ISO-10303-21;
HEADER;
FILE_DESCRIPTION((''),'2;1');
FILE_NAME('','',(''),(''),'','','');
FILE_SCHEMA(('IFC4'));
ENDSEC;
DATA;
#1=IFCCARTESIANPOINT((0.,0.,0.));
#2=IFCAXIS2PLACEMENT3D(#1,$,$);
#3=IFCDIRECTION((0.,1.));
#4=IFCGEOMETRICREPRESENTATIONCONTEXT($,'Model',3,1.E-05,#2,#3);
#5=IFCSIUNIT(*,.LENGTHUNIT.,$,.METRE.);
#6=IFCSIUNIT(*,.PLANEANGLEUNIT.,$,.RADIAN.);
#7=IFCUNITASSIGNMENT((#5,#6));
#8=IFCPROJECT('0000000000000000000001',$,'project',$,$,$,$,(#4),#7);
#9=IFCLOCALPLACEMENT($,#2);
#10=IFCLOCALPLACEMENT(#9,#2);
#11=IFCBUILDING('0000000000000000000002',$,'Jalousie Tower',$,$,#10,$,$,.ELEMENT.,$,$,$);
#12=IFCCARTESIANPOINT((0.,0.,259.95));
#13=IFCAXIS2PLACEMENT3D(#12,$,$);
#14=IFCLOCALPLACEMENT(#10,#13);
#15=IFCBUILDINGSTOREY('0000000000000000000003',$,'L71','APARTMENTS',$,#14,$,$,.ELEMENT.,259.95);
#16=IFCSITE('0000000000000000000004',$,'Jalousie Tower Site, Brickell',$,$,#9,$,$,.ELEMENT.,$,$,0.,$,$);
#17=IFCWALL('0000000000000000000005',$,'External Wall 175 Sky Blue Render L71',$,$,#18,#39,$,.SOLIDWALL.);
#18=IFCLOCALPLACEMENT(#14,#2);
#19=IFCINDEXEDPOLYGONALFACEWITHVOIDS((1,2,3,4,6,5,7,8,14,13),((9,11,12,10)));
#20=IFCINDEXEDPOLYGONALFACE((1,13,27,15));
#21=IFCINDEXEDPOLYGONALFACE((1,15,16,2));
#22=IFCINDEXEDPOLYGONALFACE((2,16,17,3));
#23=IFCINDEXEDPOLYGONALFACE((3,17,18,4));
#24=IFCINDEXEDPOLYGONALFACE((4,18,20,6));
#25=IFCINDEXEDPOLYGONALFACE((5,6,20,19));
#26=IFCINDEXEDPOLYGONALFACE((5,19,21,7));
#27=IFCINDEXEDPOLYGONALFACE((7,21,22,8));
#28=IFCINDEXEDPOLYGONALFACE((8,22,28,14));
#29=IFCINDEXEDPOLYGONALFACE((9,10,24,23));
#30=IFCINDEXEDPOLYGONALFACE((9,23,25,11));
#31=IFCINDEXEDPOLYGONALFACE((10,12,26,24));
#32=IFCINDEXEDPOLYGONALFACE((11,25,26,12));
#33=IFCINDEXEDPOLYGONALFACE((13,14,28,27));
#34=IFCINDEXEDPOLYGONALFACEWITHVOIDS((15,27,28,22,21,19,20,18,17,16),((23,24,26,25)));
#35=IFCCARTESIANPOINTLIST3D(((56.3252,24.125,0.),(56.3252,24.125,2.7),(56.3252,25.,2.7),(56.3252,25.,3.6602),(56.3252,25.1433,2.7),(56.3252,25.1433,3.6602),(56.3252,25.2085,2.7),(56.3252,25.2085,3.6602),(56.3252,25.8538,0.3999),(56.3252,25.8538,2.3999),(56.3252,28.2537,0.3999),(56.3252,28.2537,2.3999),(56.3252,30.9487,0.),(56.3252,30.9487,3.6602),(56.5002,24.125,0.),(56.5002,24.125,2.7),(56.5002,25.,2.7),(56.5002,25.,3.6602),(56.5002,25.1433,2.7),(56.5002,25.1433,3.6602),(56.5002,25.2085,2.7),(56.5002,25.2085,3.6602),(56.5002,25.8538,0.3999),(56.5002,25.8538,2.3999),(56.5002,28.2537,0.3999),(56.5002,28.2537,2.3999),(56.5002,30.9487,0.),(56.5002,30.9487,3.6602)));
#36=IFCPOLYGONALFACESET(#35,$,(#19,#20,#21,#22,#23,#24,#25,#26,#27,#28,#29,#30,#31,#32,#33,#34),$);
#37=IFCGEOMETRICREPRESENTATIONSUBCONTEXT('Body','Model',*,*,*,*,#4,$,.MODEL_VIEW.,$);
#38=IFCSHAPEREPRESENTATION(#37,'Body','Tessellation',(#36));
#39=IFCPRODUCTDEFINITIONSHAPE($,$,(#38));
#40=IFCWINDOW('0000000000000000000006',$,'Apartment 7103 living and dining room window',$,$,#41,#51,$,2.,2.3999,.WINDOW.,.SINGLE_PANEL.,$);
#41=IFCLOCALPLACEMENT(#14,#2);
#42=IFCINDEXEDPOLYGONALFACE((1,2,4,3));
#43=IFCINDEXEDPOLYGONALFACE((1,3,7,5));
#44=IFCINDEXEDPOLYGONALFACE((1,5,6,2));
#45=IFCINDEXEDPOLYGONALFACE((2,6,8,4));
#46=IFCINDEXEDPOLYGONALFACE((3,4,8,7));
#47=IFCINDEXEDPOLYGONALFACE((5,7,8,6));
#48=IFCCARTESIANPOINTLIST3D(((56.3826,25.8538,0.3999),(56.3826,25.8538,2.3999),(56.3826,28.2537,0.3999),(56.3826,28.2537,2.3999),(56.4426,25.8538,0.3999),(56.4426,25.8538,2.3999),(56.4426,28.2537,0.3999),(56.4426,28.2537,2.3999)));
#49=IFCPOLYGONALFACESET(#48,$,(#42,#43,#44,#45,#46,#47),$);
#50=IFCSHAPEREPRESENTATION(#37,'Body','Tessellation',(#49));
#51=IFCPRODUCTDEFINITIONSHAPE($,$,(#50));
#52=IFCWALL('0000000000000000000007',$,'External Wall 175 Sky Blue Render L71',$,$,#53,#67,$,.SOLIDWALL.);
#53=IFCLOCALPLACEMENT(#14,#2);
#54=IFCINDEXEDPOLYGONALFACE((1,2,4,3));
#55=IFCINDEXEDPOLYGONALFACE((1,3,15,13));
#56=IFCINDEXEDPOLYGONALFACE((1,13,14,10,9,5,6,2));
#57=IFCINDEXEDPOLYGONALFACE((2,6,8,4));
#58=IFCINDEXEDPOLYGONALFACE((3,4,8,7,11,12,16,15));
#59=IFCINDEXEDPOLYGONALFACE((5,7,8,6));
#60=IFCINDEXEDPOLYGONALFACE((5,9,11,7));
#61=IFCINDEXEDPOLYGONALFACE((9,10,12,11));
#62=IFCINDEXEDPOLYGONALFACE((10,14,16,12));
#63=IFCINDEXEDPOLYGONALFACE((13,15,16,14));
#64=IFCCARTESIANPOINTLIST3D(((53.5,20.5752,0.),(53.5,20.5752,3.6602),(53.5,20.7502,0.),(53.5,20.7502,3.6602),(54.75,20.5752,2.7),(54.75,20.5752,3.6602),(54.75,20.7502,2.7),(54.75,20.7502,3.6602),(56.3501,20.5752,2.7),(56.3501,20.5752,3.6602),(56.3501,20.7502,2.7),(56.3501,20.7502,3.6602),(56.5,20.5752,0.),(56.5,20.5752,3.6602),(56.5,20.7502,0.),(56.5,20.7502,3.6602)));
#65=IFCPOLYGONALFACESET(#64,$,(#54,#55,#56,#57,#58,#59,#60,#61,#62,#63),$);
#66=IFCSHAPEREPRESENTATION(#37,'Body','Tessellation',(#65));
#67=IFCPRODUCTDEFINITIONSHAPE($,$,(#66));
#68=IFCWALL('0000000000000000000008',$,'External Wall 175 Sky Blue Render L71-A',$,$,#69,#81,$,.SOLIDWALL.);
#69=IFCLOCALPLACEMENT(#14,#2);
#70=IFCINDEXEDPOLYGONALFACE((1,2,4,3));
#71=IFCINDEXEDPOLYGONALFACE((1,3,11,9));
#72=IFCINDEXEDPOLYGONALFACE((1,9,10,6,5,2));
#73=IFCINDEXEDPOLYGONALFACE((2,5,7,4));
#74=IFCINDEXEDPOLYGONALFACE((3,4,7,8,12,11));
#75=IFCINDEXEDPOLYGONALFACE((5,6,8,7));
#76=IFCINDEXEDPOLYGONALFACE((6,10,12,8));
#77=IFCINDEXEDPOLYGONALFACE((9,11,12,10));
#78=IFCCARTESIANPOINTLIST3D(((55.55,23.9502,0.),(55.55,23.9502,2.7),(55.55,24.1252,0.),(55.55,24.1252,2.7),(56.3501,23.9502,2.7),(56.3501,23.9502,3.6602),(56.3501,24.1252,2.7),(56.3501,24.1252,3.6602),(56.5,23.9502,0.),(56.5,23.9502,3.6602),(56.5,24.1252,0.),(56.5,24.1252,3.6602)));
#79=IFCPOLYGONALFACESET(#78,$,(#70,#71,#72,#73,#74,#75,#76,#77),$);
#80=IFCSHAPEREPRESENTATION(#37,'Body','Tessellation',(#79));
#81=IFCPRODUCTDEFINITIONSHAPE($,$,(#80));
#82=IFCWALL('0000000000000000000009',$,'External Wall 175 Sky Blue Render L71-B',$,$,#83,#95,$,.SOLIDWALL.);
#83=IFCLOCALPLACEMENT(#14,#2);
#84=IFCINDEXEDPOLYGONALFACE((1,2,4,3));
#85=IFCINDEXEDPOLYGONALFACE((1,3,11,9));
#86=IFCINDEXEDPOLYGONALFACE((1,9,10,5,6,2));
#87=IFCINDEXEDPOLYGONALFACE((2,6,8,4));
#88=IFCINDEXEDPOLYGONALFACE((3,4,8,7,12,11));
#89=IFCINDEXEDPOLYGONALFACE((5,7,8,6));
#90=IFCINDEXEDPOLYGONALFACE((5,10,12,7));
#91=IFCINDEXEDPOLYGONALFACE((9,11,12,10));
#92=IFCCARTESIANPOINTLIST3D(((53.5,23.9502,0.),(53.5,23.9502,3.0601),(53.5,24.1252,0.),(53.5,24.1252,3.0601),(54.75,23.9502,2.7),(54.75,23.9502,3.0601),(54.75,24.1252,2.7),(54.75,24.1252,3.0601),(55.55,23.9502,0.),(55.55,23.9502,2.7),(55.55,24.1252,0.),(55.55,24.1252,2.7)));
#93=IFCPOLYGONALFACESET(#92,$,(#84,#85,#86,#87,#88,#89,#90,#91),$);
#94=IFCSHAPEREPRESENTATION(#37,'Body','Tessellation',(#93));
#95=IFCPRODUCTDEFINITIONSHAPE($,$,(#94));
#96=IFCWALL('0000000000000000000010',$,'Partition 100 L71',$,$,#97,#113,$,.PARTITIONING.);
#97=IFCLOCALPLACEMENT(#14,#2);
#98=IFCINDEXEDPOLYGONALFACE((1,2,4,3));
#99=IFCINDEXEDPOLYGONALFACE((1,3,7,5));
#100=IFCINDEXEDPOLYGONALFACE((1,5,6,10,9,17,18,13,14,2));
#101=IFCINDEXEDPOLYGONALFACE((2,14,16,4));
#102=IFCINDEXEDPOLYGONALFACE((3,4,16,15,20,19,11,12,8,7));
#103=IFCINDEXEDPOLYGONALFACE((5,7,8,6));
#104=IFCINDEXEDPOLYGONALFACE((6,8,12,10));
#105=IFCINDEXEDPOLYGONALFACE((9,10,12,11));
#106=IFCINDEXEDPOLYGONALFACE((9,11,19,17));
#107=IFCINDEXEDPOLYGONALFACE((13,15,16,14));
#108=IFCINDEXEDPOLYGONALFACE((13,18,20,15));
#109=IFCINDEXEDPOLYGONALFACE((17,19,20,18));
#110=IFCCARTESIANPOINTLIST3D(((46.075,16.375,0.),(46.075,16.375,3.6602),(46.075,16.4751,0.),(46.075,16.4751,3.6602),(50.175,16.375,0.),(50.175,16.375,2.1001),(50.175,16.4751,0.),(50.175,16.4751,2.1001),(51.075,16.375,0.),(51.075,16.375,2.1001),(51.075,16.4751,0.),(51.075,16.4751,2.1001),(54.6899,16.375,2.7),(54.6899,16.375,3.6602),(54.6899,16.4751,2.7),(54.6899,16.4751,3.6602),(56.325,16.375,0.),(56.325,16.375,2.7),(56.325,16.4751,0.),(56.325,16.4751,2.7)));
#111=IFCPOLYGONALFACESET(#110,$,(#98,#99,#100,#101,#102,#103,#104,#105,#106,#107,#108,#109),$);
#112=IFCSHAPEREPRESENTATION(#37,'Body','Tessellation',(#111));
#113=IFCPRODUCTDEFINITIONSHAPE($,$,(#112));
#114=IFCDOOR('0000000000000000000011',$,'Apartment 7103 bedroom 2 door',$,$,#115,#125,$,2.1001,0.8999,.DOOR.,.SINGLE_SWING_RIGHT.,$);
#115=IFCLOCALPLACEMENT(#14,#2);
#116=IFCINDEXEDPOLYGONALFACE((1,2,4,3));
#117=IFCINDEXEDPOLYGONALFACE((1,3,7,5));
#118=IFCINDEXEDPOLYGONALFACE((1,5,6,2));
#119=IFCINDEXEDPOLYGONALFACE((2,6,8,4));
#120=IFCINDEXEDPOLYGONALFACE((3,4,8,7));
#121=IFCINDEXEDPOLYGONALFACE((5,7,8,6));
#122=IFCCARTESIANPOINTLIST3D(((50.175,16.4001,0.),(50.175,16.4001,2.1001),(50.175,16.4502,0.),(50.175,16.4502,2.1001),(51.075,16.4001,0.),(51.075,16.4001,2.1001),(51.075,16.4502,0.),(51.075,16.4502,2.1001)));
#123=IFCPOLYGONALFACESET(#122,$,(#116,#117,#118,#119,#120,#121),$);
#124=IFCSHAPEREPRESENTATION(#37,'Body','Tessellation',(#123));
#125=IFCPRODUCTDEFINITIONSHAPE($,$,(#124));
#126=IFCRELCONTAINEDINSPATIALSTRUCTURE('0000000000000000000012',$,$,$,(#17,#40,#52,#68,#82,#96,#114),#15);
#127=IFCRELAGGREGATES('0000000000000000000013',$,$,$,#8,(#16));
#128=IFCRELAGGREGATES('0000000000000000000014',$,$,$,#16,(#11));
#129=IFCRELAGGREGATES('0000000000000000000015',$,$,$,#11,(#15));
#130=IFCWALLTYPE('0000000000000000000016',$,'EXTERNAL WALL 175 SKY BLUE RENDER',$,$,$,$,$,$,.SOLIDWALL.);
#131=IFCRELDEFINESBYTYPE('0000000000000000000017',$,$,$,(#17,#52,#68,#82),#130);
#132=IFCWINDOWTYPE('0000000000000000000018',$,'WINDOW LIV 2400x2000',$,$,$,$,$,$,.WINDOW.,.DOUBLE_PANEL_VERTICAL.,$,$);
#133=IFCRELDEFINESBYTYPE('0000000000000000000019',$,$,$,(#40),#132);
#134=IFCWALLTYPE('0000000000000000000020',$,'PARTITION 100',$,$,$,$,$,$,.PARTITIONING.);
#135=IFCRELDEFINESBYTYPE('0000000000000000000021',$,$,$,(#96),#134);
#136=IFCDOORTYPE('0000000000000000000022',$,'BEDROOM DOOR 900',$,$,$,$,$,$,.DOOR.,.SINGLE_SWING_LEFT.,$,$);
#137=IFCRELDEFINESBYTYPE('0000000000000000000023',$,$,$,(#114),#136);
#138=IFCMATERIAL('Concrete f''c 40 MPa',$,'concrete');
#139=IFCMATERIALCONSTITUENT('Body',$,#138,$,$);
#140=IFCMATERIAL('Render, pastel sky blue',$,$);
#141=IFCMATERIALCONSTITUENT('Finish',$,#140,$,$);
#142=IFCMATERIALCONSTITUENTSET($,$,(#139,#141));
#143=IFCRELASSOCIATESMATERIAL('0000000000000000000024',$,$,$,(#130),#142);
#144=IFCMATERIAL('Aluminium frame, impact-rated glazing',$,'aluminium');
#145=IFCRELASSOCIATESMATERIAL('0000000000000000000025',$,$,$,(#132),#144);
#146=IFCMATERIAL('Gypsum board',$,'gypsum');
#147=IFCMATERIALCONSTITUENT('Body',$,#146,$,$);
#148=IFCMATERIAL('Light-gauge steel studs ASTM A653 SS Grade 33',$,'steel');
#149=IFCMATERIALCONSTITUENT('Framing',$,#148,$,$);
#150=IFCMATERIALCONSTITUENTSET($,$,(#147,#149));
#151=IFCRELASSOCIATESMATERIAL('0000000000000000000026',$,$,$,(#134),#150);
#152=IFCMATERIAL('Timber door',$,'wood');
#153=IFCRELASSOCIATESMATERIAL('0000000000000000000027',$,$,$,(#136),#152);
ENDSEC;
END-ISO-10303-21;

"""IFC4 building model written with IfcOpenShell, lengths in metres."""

from ifc_helpers import new_model, si_unit, direction, frame, frame_2d, origin, place, context, subcontext, project, spatial, polyline, rectangle, outline, extrude, material, constituent, constituent_set, type_object, element, fill, save


model = new_model("IFC4")

# Units and contexts
model_context = context("Model", 3, precision=1e-05, world=origin(), true_north=direction((0.0, 1.0)))
body_context = subcontext(model_context, "Body", "Model", "MODEL_VIEW")
ifc_project = project(units=[si_unit("LENGTHUNIT", "METRE"), si_unit("PLANEANGLEUNIT", "RADIAN")], contexts=[model_context])

# Site, building, storey
site_placement = place(None, origin())
site = spatial("IfcSite", under=ifc_project, at=site_placement, Name="Jalousie Tower Site, Brickell", CompositionType="ELEMENT", RefElevation=0.0)
building_placement = place(site_placement, origin())
building = spatial("IfcBuilding", under=site, at=building_placement, Name="Jalousie Tower", CompositionType="ELEMENT")
storey_placement = place(building_placement, frame((0.0, 0.0, 259.95)))
storey = spatial("IfcBuildingStorey", under=building, at=storey_placement, Name="L71", Description="APARTMENTS", CompositionType="ELEMENT", Elevation=259.95)

# Wall, opening, window
ifc_material_1 = material(Name="Concrete f'c 40 MPa", Category="concrete")
ifc_constituent_1 = constituent(ifc_material_1, Name="Body")
ifc_material_2 = material(Name="Render, pastel sky blue")
ifc_constituent_2 = constituent(ifc_material_2, Name="Finish")
ifc_constituent_set_1 = constituent_set(constituents=[ifc_constituent_1, ifc_constituent_2])
wall_type_1 = type_object("IfcWallType", Name="EXTERNAL WALL 175 SKY BLUE RENDER", PredefinedType="SOLIDWALL", material=ifc_constituent_set_1)
wall_1_placement = place(storey_placement, frame((56.4126, 24.125, 0.0), z_axis=(0.0, 0.0, 1.0), x_axis=(0.0, 1.0, 0.0)))
wall_1 = element("IfcWall", 1, at=wall_1_placement, inside=storey, type_object=wall_type_1, Name="External Wall 175 Sky Blue Render L71", PredefinedType="SOLIDWALL", context=body_context, shape_type="SweptSolid", body=[
    extrude(outline(polyline([(0.0, 0.0), (6.8237, 0.0), (6.8237, 3.6602), (1.0835, 3.6602), (1.0835, 2.7), (1.0183, 2.7), (1.0183, 3.6602), (0.875, 3.6602), (0.875, 2.7), (0.0, 2.7), (0.0, 0.0)])), frame((0.0, 0.0874, 0.0), z_axis=(0.0, -1.0, 0.0), x_axis=(1.0, 0.0, 0.0)), (0.0, 0.0, 1.0), 0.175),
])
opening_1_placement = place(wall_1_placement, frame((1.7288, 0.0, 0.3999)))
opening_1 = element("IfcOpeningElement", 2, at=opening_1_placement, cuts=wall_1, PredefinedType="OPENING", context=body_context, shape_type="SweptSolid", body=[
    extrude(rectangle(XDim=2.3999, YDim=2.0, at=frame_2d((1.2, 1.0))), frame((0.0, 0.0974, 0.0), z_axis=(0.0, -1.0, 0.0), x_axis=(1.0, 0.0, 0.0)), (0.0, 0.0, 1.0), 0.1951),
])
ifc_material_3 = material(Name="Aluminium frame, impact-rated glazing", Category="aluminium")
window_type = type_object("IfcWindowType", Name="WINDOW LIV 2400x2000", PartitioningType="DOUBLE_PANEL_VERTICAL", PredefinedType="WINDOW", material=ifc_material_3)
window_placement = place(opening_1_placement, origin())
window = element("IfcWindow", 3, at=window_placement, inside=storey, type_object=window_type, Name="Apartment 7103 living and dining room window", OverallHeight=2.0, OverallWidth=2.3999, PartitioningType="SINGLE_PANEL", PredefinedType="WINDOW", context=body_context, shape_type="SweptSolid", body=[
    extrude(rectangle(XDim=2.3999, YDim=2.0, at=frame_2d((1.2, 1.0))), frame((0.0, 0.03, 0.0), z_axis=(0.0, -1.0, 0.0), x_axis=(1.0, 0.0, 0.0)), (0.0, 0.0, 1.0), 0.0601),
])
fill(opening_1, window)

# Walls
wall_2_placement = place(storey_placement, frame((56.5, 20.6626, 0.0), z_axis=(0.0, 0.0, 1.0), x_axis=(-1.0, 0.0, 0.0)))
element("IfcWall", 4, at=wall_2_placement, inside=storey, type_object=wall_type_1, Name="External Wall 175 Sky Blue Render L71", PredefinedType="SOLIDWALL", context=body_context, shape_type="SweptSolid", body=[
    extrude(outline(polyline([(0.0, 0.0), (3.0, 0.0), (3.0, 3.6602), (1.75, 3.6602), (1.75, 2.7), (0.1499, 2.7), (0.1499, 3.6602), (0.0, 3.6602), (0.0, 0.0)])), frame((0.0, 0.0874, 0.0), z_axis=(0.0, -1.0, 0.0), x_axis=(1.0, 0.0, 0.0)), (0.0, 0.0, 1.0), 0.175),
])
wall_3_placement = place(storey_placement, frame((56.5, 24.0376, 0.0), z_axis=(0.0, 0.0, 1.0), x_axis=(-1.0, 0.0, 0.0)))
element("IfcWall", 5, at=wall_3_placement, inside=storey, type_object=wall_type_1, Name="External Wall 175 Sky Blue Render L71-A", PredefinedType="SOLIDWALL", context=body_context, shape_type="SweptSolid", body=[
    extrude(outline(polyline([(0.0, 0.0), (0.95, 0.0), (0.95, 2.7), (0.1499, 2.7), (0.1499, 3.6602), (0.0, 3.6602), (0.0, 0.0)])), frame((0.0, 0.0874, 0.0), z_axis=(0.0, -1.0, 0.0), x_axis=(1.0, 0.0, 0.0)), (0.0, 0.0, 1.0), 0.175),
])
wall_4_placement = place(storey_placement, frame((55.55, 24.0376, 0.0), z_axis=(0.0, 0.0, 1.0), x_axis=(-1.0, 0.0, 0.0)))
element("IfcWall", 6, at=wall_4_placement, inside=storey, type_object=wall_type_1, Name="External Wall 175 Sky Blue Render L71-B", PredefinedType="SOLIDWALL", context=body_context, shape_type="SweptSolid", body=[
    extrude(outline(polyline([(0.0, 0.0), (2.05, 0.0), (2.05, 3.0601), (0.8, 3.0601), (0.8, 2.7), (0.0, 2.7), (0.0, 0.0)])), frame((0.0, 0.0874, 0.0), z_axis=(0.0, -1.0, 0.0), x_axis=(1.0, 0.0, 0.0)), (0.0, 0.0, 1.0), 0.175),
])

# Wall, opening, door
ifc_material_4 = material(Name="Gypsum board", Category="gypsum")
ifc_constituent_3 = constituent(ifc_material_4, Name="Body")
ifc_material_5 = material(Name="Light-gauge steel studs ASTM A653 SS Grade 33", Category="steel")
ifc_constituent_4 = constituent(ifc_material_5, Name="Framing")
ifc_constituent_set_2 = constituent_set(constituents=[ifc_constituent_3, ifc_constituent_4])
wall_type_2 = type_object("IfcWallType", Name="PARTITION 100", PredefinedType="PARTITIONING", material=ifc_constituent_set_2)
wall_5_placement = place(storey_placement, frame((56.325, 16.425, 0.0), z_axis=(0.0, 0.0, 1.0), x_axis=(-1.0, 0.0, 0.0)))
wall_5 = element("IfcWall", 7, at=wall_5_placement, inside=storey, type_object=wall_type_2, Name="Partition 100 L71", PredefinedType="PARTITIONING", context=body_context, shape_type="SweptSolid", body=[
    extrude(outline(polyline([(0.0, 0.0), (10.25, 0.0), (10.25, 3.6602), (1.635, 3.6602), (1.635, 2.7), (0.0, 2.7), (0.0, 3.6602), (0.0, 0.0)])), frame((0.0, 0.05, 0.0), z_axis=(0.0, -1.0, 0.0), x_axis=(1.0, 0.0, 0.0)), (0.0, 0.0, 1.0), 0.1001),
])
opening_2_placement = place(wall_5_placement, frame((5.25, 0.0, 0.0)))
opening_2 = element("IfcOpeningElement", 8, at=opening_2_placement, cuts=wall_5, PredefinedType="OPENING", context=body_context, shape_type="SweptSolid", body=[
    extrude(rectangle(XDim=0.8999, YDim=2.1001, at=frame_2d((0.45, 1.05))), frame((0.0, 0.0601, 0.0), z_axis=(0.0, -1.0, 0.0), x_axis=(1.0, 0.0, 0.0)), (0.0, 0.0, 1.0), 0.1201),
])
ifc_material_6 = material(Name="Timber door", Category="wood")
door_type_1 = type_object("IfcDoorType", Name="BEDROOM DOOR 900", OperationType="SINGLE_SWING_LEFT", PredefinedType="DOOR", material=ifc_material_6)
door_1_placement = place(opening_2_placement, origin())
door_1 = element("IfcDoor", 9, at=door_1_placement, inside=storey, type_object=door_type_1, Name="Apartment 7103 bedroom 2 door", OperationType="SINGLE_SWING_RIGHT", OverallHeight=2.1001, OverallWidth=0.8999, PredefinedType="DOOR", context=body_context, shape_type="SweptSolid", body=[
    extrude(rectangle(XDim=0.8999, YDim=2.1001, at=frame_2d((0.45, 1.05))), frame((0.0, 0.0249, 0.0), z_axis=(0.0, -1.0, 0.0), x_axis=(1.0, 0.0, 0.0)), (0.0, 0.0, 1.0), 0.05),
])
fill(opening_2, door_1)

save(model, "model.ifc")
